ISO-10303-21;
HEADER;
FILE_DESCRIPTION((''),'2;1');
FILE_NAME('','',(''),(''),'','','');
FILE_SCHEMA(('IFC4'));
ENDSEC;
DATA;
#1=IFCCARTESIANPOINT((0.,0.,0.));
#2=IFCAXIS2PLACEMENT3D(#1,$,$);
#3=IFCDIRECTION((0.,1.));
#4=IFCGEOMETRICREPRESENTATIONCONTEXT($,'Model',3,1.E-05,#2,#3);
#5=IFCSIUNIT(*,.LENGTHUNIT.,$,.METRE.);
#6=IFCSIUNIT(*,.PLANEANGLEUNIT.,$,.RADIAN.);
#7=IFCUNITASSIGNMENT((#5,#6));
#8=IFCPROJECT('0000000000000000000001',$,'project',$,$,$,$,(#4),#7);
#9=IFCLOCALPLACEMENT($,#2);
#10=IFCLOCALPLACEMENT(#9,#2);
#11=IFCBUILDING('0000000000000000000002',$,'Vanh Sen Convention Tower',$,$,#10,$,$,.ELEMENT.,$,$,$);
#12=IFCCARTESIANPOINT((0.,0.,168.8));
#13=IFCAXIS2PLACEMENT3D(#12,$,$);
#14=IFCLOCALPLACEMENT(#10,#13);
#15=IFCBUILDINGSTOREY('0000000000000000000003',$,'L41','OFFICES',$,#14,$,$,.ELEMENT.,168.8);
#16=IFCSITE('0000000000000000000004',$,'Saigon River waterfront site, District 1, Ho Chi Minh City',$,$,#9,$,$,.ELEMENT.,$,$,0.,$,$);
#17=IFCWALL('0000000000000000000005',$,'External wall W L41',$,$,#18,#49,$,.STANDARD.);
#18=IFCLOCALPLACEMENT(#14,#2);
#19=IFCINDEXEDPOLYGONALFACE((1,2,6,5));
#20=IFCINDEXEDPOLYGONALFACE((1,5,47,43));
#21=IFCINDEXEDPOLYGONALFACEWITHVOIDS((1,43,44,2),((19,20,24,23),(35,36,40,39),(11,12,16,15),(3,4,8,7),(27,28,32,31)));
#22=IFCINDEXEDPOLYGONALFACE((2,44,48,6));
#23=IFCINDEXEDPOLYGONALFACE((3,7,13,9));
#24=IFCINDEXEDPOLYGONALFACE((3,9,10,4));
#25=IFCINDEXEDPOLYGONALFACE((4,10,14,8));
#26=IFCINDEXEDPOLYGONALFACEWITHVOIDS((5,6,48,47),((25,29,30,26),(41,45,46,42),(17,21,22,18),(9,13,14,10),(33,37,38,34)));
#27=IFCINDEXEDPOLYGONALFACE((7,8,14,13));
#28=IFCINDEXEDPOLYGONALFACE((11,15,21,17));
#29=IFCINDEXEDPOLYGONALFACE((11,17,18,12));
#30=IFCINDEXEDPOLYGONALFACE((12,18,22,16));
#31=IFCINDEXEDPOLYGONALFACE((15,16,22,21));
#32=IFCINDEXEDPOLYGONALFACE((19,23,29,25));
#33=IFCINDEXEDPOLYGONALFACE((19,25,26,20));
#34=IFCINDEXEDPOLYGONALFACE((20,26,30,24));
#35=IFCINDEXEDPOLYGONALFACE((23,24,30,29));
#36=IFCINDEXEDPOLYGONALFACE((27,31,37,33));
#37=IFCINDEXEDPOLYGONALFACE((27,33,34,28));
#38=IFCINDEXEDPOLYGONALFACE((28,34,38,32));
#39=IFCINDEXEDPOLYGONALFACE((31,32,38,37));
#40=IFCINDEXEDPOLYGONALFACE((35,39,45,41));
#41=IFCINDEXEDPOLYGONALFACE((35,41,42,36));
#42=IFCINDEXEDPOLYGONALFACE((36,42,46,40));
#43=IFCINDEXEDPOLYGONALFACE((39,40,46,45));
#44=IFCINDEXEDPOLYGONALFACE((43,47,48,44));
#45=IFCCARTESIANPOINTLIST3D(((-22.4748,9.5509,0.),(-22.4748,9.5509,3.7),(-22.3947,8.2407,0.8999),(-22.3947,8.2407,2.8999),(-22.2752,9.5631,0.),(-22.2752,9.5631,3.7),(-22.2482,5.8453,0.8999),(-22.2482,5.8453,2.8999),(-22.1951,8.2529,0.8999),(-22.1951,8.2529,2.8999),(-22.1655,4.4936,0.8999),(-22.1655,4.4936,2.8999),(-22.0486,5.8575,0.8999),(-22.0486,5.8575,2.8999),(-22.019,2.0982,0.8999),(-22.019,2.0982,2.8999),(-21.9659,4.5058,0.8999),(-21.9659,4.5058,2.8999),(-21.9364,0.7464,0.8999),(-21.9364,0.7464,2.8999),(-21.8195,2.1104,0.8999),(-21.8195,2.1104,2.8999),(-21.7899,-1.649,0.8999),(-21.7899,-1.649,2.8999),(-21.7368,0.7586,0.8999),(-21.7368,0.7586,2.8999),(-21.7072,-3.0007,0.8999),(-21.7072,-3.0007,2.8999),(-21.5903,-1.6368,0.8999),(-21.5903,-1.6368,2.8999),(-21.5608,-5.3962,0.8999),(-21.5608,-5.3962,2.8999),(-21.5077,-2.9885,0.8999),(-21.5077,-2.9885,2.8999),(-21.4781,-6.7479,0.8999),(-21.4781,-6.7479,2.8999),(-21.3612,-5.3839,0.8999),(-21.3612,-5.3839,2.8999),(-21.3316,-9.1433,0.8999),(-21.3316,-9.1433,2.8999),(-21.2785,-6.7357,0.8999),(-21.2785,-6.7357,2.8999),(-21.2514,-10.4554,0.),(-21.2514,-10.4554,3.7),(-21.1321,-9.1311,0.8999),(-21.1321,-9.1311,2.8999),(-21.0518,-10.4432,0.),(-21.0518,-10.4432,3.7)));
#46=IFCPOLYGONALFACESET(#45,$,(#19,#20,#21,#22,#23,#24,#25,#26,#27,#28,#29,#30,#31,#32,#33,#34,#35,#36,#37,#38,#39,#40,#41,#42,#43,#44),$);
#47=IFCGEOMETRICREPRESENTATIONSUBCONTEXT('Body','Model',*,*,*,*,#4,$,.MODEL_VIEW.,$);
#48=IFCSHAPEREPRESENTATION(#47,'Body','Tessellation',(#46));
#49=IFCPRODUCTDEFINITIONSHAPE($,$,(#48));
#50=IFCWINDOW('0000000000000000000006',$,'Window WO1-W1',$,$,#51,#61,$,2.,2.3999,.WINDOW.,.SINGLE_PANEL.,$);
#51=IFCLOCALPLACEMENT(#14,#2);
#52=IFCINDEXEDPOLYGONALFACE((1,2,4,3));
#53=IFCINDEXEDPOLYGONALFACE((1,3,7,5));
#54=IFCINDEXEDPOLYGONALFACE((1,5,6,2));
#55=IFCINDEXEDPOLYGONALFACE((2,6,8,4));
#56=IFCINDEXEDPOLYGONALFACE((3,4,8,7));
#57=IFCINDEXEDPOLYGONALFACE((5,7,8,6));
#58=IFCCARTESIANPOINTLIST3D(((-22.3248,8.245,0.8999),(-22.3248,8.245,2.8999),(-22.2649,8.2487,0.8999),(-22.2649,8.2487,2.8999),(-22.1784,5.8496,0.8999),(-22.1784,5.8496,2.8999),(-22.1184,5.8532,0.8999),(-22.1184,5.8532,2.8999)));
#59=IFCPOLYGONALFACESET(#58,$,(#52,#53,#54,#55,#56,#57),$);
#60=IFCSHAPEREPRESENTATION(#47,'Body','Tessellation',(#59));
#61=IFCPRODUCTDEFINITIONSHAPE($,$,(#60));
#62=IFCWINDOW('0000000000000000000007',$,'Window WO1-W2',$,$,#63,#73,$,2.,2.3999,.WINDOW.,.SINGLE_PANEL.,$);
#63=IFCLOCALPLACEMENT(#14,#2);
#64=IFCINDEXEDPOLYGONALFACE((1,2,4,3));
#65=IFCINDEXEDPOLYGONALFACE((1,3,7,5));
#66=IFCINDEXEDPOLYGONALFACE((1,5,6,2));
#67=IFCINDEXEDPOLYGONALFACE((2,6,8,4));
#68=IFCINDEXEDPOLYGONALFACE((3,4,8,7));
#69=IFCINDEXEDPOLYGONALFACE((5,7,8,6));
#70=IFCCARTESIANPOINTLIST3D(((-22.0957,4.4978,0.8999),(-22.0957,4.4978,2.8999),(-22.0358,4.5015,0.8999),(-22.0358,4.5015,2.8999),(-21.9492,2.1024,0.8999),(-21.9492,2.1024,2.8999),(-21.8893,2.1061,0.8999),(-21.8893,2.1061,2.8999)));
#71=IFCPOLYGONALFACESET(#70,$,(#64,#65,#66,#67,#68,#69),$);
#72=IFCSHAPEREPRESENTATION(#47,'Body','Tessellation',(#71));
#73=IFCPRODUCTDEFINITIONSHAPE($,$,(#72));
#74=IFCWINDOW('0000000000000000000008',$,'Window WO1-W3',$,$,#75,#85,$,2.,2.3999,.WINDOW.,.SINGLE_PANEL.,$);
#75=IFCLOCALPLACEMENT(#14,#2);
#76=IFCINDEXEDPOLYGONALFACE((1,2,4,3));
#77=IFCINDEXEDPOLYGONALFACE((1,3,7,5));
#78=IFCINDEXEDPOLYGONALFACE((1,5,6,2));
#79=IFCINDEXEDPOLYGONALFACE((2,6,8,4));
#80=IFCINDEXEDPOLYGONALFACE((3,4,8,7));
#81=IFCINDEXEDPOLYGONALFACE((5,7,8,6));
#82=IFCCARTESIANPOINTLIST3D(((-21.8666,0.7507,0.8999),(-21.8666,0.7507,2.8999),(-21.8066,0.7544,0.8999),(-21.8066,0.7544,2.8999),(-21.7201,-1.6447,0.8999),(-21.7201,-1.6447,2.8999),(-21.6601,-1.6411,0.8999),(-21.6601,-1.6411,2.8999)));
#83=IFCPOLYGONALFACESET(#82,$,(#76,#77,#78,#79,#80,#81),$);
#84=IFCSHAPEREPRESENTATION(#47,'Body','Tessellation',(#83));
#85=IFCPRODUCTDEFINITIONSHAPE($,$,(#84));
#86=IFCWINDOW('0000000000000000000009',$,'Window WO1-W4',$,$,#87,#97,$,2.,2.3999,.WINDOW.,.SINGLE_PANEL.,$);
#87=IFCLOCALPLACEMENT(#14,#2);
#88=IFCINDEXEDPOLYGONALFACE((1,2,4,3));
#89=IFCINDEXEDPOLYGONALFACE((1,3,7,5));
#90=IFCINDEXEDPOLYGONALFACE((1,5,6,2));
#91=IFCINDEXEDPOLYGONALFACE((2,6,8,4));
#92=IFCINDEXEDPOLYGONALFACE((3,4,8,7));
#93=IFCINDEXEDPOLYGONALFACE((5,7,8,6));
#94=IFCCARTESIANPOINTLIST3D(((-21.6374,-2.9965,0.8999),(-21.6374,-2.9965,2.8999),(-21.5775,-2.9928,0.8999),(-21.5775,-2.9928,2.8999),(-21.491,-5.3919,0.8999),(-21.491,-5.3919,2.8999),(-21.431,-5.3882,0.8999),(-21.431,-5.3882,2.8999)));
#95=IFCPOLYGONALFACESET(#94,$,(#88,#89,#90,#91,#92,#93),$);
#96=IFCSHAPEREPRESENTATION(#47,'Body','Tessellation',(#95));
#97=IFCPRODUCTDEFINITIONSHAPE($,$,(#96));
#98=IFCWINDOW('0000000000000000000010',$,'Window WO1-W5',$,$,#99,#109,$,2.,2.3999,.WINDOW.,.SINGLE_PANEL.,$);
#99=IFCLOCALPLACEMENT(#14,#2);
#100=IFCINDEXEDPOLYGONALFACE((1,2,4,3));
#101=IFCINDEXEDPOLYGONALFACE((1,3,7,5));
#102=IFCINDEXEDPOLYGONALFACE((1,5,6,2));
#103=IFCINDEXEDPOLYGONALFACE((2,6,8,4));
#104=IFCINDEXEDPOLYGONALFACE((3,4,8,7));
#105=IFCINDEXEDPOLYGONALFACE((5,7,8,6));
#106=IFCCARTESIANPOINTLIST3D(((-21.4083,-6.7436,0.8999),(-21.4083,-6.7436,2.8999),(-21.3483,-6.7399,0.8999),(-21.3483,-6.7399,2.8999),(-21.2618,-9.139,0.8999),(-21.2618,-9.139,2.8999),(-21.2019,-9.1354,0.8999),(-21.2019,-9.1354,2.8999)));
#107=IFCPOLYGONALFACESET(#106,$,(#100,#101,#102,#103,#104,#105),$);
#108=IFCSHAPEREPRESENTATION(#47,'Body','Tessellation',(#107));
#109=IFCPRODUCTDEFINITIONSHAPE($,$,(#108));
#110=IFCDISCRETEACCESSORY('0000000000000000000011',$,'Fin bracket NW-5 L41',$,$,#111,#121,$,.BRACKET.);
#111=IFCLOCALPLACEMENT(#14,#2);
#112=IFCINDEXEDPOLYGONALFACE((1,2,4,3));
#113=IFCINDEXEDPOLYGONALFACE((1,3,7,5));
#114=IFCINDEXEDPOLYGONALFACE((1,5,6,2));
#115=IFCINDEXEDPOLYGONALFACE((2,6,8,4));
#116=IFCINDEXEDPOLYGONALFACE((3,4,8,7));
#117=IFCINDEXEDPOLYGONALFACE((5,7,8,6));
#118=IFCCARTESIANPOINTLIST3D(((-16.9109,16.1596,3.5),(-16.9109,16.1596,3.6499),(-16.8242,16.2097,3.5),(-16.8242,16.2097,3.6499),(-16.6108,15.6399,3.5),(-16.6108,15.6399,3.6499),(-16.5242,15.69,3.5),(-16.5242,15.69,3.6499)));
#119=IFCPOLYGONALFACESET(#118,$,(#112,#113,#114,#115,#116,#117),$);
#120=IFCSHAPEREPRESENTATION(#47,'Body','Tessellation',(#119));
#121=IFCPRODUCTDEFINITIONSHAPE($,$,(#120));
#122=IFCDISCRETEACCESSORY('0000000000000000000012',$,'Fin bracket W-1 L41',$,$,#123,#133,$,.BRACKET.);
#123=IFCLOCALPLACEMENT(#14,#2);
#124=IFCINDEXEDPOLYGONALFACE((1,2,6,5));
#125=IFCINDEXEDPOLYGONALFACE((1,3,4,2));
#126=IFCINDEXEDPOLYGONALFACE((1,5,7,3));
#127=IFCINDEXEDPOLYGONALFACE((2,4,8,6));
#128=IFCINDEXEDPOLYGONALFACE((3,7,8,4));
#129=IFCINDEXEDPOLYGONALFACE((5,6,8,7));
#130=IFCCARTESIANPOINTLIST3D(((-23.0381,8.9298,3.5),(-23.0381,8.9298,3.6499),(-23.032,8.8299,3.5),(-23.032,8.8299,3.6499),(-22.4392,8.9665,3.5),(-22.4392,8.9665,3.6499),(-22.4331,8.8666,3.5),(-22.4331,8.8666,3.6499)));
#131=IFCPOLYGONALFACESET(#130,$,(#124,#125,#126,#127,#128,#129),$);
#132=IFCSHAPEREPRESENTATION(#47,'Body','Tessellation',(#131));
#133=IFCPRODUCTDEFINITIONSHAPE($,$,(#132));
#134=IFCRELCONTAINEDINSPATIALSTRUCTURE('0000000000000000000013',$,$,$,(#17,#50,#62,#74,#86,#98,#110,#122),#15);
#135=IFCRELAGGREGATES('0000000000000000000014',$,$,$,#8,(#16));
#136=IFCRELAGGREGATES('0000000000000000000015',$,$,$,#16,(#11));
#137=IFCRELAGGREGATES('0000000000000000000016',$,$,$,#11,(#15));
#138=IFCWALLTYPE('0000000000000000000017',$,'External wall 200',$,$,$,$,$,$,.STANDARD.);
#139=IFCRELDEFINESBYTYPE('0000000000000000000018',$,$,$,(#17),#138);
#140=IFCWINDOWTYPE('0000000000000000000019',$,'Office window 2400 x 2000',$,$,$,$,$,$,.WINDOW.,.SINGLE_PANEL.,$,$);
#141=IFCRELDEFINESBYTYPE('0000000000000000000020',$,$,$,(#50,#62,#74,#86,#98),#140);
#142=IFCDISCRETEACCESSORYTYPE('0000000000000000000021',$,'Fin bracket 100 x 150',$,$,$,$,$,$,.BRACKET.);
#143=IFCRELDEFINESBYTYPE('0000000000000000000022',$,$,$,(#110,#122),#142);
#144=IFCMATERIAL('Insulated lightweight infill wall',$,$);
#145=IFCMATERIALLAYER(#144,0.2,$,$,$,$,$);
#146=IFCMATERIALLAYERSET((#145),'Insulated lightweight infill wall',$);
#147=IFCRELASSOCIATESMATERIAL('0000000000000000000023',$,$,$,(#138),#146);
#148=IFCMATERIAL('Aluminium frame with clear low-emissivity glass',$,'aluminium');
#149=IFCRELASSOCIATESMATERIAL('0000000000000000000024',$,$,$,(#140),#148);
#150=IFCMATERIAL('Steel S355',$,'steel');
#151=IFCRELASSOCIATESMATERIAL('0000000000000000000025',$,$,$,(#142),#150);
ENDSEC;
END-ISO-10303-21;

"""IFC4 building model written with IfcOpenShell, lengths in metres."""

from ifc_helpers import new_model, si_unit, direction, frame, frame_2d, origin, origin_2d, place, context, subcontext, project, spatial, rectangle, extrude, material, layer, layer_set, type_object, element, fill, save


model = new_model("IFC4")

# Units and contexts
model_context = context("Model", 3, precision=1e-05, world=origin(), true_north=direction((0.0, 1.0)))
body_context = subcontext(model_context, "Body", "Model", "MODEL_VIEW")
ifc_project = project(units=[si_unit("LENGTHUNIT", "METRE"), si_unit("PLANEANGLEUNIT", "RADIAN")], contexts=[model_context])

# Site, building, storey
site_placement = place(None, origin())
site = spatial("IfcSite", under=ifc_project, at=site_placement, Name="Saigon River waterfront site, District 1, Ho Chi Minh City", CompositionType="ELEMENT", RefElevation=0.0)
building_placement = place(site_placement, origin())
building = spatial("IfcBuilding", under=site, at=building_placement, Name="Vanh Sen Convention Tower", CompositionType="ELEMENT")
storey_placement = place(building_placement, frame((0.0, 0.0, 168.8)))
storey = spatial("IfcBuildingStorey", under=building, at=storey_placement, Name="L41", Description="OFFICES", CompositionType="ELEMENT", Elevation=168.8)

# Shared definitions
ifc_material_1 = material(Name="Insulated lightweight infill wall")
ifc_layer_1 = layer(ifc_material_1, 0.2)
ifc_layer_set_1 = layer_set([ifc_layer_1], Name="Insulated lightweight infill wall")
wall_type_1 = type_object("IfcWallType", Name="External wall 200", PredefinedType="STANDARD", material=ifc_layer_set_1)
ifc_material_2 = material(Name="Aluminium frame with clear low-emissivity glass", Category="aluminium")

# Wall, openings, windows
wall_1_placement = place(storey_placement, frame((-22.375, 9.5571, 0.0), z_axis=(0.0, 0.0, 1.0), x_axis=(0.061036, -0.998136, 0.0)))
wall_1 = element("IfcWall", 1, at=wall_1_placement, inside=storey, type_object=wall_type_1, Name="External wall W L41", PredefinedType="STANDARD", context=body_context, shape_type="SweptSolid", body=[
    extrude(rectangle(XDim=20.0437, YDim=0.2, at=frame_2d((10.022, 0.0))), origin(), (0.0, 0.0, 1.0), 3.7),
])
opening_1_placement = place(wall_1_placement, frame((1.3127, 0.0, 0.8999)))
opening_1 = element("IfcOpeningElement", 2, at=opening_1_placement, cuts=wall_1, PredefinedType="OPENING", context=body_context, shape_type="SweptSolid", body=[
    extrude(rectangle(XDim=2.3999, YDim=2.0, at=frame_2d((1.2, 1.0))), frame((0.0, 0.1099, 0.0), z_axis=(0.0, -1.0, 0.0), x_axis=(1.0, 0.0, 0.0)), (0.0, 0.0, 1.0), 0.22),
])
opening_2_placement = place(wall_1_placement, frame((5.0669, 0.0, 0.8999)))
opening_2 = element("IfcOpeningElement", 3, at=opening_2_placement, cuts=wall_1, PredefinedType="OPENING", context=body_context, shape_type="SweptSolid", body=[
    extrude(rectangle(XDim=2.3999, YDim=2.0, at=frame_2d((1.2, 1.0))), frame((0.0, 0.1099, 0.0), z_axis=(0.0, -1.0, 0.0), x_axis=(1.0, 0.0, 0.0)), (0.0, 0.0, 1.0), 0.22),
])
opening_3_placement = place(wall_1_placement, frame((8.821, 0.0, 0.8999)))
opening_3 = element("IfcOpeningElement", 4, at=opening_3_placement, cuts=wall_1, PredefinedType="OPENING", context=body_context, shape_type="SweptSolid", body=[
    extrude(rectangle(XDim=2.3999, YDim=2.0, at=frame_2d((1.2, 1.0))), frame((0.0, 0.1099, 0.0), z_axis=(0.0, -1.0, 0.0), x_axis=(1.0, 0.0, 0.0)), (0.0, 0.0, 1.0), 0.22),
])
opening_4_placement = place(wall_1_placement, frame((12.5752, 0.0, 0.8999)))
opening_4 = element("IfcOpeningElement", 5, at=opening_4_placement, cuts=wall_1, PredefinedType="OPENING", context=body_context, shape_type="SweptSolid", body=[
    extrude(rectangle(XDim=2.3999, YDim=2.0, at=frame_2d((1.2, 1.0))), frame((0.0, 0.1099, 0.0), z_axis=(0.0, -1.0, 0.0), x_axis=(1.0, 0.0, 0.0)), (0.0, 0.0, 1.0), 0.22),
])
opening_5_placement = place(wall_1_placement, frame((16.3293, 0.0, 0.8999)))
opening_5 = element("IfcOpeningElement", 6, at=opening_5_placement, cuts=wall_1, PredefinedType="OPENING", context=body_context, shape_type="SweptSolid", body=[
    extrude(rectangle(XDim=2.3999, YDim=2.0, at=frame_2d((1.2, 1.0))), frame((0.0, 0.1099, 0.0), z_axis=(0.0, -1.0, 0.0), x_axis=(1.0, 0.0, 0.0)), (0.0, 0.0, 1.0), 0.22),
])
window_type_1 = type_object("IfcWindowType", Name="Office window 2400 x 2000", PartitioningType="SINGLE_PANEL", PredefinedType="WINDOW", material=ifc_material_2)
window_1_placement = place(opening_1_placement, origin())
window_1 = element("IfcWindow", 7, at=window_1_placement, inside=storey, type_object=window_type_1, Name="Window WO1-W1", OverallHeight=2.0, OverallWidth=2.3999, PartitioningType="SINGLE_PANEL", PredefinedType="WINDOW", context=body_context, shape_type="SweptSolid", body=[
    extrude(rectangle(XDim=2.3999, YDim=2.0, at=frame_2d((1.2, 1.0))), frame((0.0, 0.03, 0.0), z_axis=(0.0, -1.0, 0.0), x_axis=(1.0, 0.0, 0.0)), (0.0, 0.0, 1.0), 0.0601),
])
fill(opening_1, window_1)
window_2_placement = place(opening_2_placement, origin())
window_2 = element("IfcWindow", 8, at=window_2_placement, inside=storey, type_object=window_type_1, Name="Window WO1-W2", OverallHeight=2.0, OverallWidth=2.3999, PartitioningType="SINGLE_PANEL", PredefinedType="WINDOW", context=body_context, shape_type="SweptSolid", body=[
    extrude(rectangle(XDim=2.3999, YDim=2.0, at=frame_2d((1.2, 1.0))), frame((0.0, 0.03, 0.0), z_axis=(0.0, -1.0, 0.0), x_axis=(1.0, 0.0, 0.0)), (0.0, 0.0, 1.0), 0.0601),
])
fill(opening_2, window_2)
window_3_placement = place(opening_3_placement, origin())
window_3 = element("IfcWindow", 9, at=window_3_placement, inside=storey, type_object=window_type_1, Name="Window WO1-W3", OverallHeight=2.0, OverallWidth=2.3999, PartitioningType="SINGLE_PANEL", PredefinedType="WINDOW", context=body_context, shape_type="SweptSolid", body=[
    extrude(rectangle(XDim=2.3999, YDim=2.0, at=frame_2d((1.2, 1.0))), frame((0.0, 0.03, 0.0), z_axis=(0.0, -1.0, 0.0), x_axis=(1.0, 0.0, 0.0)), (0.0, 0.0, 1.0), 0.0601),
])
fill(opening_3, window_3)
window_4_placement = place(opening_4_placement, origin())
window_4 = element("IfcWindow", 10, at=window_4_placement, inside=storey, type_object=window_type_1, Name="Window WO1-W4", OverallHeight=2.0, OverallWidth=2.3999, PartitioningType="SINGLE_PANEL", PredefinedType="WINDOW", context=body_context, shape_type="SweptSolid", body=[
    extrude(rectangle(XDim=2.3999, YDim=2.0, at=frame_2d((1.2, 1.0))), frame((0.0, 0.03, 0.0), z_axis=(0.0, -1.0, 0.0), x_axis=(1.0, 0.0, 0.0)), (0.0, 0.0, 1.0), 0.0601),
])
fill(opening_4, window_4)
window_5_placement = place(opening_5_placement, origin())
window_5 = element("IfcWindow", 11, at=window_5_placement, inside=storey, type_object=window_type_1, Name="Window WO1-W5", OverallHeight=2.0, OverallWidth=2.3999, PartitioningType="SINGLE_PANEL", PredefinedType="WINDOW", context=body_context, shape_type="SweptSolid", body=[
    extrude(rectangle(XDim=2.3999, YDim=2.0, at=frame_2d((1.2, 1.0))), frame((0.0, 0.03, 0.0), z_axis=(0.0, -1.0, 0.0), x_axis=(1.0, 0.0, 0.0)), (0.0, 0.0, 1.0), 0.0601),
])
fill(opening_5, window_5)

# Discrete accessories
ifc_material_3 = material(Name="Steel S355", Category="steel")
discrete_accessory_type = type_object("IfcDiscreteAccessoryType", Name="Fin bracket 100 x 150", PredefinedType="BRACKET", material=ifc_material_3)
for number, where, z_axis, x_axis, name in (
    (12, (-16.7175, 15.9248, 3.5), (0.0, 0.0, 1.0), (-0.5, 0.866025, 0.0), "Fin bracket NW-5 L41"),
    (13, (-22.7356, 8.8982, 3.5), (0.0, 0.0, 1.0), (-0.998135, -0.061049, 0.0), "Fin bracket W-1 L41"),
):
    element("IfcDiscreteAccessory", number, at=place(storey_placement, frame(where, z_axis=z_axis, x_axis=x_axis)), inside=storey, type_object=discrete_accessory_type, Name=name, PredefinedType="BRACKET", context=body_context, shape_type="SweptSolid", body=[
        extrude(rectangle(XDim=0.6001, YDim=0.1001, at=origin_2d()), origin(), (0.0, 0.0, 1.0), 0.1499),
    ])

save(model, "model.ifc")
